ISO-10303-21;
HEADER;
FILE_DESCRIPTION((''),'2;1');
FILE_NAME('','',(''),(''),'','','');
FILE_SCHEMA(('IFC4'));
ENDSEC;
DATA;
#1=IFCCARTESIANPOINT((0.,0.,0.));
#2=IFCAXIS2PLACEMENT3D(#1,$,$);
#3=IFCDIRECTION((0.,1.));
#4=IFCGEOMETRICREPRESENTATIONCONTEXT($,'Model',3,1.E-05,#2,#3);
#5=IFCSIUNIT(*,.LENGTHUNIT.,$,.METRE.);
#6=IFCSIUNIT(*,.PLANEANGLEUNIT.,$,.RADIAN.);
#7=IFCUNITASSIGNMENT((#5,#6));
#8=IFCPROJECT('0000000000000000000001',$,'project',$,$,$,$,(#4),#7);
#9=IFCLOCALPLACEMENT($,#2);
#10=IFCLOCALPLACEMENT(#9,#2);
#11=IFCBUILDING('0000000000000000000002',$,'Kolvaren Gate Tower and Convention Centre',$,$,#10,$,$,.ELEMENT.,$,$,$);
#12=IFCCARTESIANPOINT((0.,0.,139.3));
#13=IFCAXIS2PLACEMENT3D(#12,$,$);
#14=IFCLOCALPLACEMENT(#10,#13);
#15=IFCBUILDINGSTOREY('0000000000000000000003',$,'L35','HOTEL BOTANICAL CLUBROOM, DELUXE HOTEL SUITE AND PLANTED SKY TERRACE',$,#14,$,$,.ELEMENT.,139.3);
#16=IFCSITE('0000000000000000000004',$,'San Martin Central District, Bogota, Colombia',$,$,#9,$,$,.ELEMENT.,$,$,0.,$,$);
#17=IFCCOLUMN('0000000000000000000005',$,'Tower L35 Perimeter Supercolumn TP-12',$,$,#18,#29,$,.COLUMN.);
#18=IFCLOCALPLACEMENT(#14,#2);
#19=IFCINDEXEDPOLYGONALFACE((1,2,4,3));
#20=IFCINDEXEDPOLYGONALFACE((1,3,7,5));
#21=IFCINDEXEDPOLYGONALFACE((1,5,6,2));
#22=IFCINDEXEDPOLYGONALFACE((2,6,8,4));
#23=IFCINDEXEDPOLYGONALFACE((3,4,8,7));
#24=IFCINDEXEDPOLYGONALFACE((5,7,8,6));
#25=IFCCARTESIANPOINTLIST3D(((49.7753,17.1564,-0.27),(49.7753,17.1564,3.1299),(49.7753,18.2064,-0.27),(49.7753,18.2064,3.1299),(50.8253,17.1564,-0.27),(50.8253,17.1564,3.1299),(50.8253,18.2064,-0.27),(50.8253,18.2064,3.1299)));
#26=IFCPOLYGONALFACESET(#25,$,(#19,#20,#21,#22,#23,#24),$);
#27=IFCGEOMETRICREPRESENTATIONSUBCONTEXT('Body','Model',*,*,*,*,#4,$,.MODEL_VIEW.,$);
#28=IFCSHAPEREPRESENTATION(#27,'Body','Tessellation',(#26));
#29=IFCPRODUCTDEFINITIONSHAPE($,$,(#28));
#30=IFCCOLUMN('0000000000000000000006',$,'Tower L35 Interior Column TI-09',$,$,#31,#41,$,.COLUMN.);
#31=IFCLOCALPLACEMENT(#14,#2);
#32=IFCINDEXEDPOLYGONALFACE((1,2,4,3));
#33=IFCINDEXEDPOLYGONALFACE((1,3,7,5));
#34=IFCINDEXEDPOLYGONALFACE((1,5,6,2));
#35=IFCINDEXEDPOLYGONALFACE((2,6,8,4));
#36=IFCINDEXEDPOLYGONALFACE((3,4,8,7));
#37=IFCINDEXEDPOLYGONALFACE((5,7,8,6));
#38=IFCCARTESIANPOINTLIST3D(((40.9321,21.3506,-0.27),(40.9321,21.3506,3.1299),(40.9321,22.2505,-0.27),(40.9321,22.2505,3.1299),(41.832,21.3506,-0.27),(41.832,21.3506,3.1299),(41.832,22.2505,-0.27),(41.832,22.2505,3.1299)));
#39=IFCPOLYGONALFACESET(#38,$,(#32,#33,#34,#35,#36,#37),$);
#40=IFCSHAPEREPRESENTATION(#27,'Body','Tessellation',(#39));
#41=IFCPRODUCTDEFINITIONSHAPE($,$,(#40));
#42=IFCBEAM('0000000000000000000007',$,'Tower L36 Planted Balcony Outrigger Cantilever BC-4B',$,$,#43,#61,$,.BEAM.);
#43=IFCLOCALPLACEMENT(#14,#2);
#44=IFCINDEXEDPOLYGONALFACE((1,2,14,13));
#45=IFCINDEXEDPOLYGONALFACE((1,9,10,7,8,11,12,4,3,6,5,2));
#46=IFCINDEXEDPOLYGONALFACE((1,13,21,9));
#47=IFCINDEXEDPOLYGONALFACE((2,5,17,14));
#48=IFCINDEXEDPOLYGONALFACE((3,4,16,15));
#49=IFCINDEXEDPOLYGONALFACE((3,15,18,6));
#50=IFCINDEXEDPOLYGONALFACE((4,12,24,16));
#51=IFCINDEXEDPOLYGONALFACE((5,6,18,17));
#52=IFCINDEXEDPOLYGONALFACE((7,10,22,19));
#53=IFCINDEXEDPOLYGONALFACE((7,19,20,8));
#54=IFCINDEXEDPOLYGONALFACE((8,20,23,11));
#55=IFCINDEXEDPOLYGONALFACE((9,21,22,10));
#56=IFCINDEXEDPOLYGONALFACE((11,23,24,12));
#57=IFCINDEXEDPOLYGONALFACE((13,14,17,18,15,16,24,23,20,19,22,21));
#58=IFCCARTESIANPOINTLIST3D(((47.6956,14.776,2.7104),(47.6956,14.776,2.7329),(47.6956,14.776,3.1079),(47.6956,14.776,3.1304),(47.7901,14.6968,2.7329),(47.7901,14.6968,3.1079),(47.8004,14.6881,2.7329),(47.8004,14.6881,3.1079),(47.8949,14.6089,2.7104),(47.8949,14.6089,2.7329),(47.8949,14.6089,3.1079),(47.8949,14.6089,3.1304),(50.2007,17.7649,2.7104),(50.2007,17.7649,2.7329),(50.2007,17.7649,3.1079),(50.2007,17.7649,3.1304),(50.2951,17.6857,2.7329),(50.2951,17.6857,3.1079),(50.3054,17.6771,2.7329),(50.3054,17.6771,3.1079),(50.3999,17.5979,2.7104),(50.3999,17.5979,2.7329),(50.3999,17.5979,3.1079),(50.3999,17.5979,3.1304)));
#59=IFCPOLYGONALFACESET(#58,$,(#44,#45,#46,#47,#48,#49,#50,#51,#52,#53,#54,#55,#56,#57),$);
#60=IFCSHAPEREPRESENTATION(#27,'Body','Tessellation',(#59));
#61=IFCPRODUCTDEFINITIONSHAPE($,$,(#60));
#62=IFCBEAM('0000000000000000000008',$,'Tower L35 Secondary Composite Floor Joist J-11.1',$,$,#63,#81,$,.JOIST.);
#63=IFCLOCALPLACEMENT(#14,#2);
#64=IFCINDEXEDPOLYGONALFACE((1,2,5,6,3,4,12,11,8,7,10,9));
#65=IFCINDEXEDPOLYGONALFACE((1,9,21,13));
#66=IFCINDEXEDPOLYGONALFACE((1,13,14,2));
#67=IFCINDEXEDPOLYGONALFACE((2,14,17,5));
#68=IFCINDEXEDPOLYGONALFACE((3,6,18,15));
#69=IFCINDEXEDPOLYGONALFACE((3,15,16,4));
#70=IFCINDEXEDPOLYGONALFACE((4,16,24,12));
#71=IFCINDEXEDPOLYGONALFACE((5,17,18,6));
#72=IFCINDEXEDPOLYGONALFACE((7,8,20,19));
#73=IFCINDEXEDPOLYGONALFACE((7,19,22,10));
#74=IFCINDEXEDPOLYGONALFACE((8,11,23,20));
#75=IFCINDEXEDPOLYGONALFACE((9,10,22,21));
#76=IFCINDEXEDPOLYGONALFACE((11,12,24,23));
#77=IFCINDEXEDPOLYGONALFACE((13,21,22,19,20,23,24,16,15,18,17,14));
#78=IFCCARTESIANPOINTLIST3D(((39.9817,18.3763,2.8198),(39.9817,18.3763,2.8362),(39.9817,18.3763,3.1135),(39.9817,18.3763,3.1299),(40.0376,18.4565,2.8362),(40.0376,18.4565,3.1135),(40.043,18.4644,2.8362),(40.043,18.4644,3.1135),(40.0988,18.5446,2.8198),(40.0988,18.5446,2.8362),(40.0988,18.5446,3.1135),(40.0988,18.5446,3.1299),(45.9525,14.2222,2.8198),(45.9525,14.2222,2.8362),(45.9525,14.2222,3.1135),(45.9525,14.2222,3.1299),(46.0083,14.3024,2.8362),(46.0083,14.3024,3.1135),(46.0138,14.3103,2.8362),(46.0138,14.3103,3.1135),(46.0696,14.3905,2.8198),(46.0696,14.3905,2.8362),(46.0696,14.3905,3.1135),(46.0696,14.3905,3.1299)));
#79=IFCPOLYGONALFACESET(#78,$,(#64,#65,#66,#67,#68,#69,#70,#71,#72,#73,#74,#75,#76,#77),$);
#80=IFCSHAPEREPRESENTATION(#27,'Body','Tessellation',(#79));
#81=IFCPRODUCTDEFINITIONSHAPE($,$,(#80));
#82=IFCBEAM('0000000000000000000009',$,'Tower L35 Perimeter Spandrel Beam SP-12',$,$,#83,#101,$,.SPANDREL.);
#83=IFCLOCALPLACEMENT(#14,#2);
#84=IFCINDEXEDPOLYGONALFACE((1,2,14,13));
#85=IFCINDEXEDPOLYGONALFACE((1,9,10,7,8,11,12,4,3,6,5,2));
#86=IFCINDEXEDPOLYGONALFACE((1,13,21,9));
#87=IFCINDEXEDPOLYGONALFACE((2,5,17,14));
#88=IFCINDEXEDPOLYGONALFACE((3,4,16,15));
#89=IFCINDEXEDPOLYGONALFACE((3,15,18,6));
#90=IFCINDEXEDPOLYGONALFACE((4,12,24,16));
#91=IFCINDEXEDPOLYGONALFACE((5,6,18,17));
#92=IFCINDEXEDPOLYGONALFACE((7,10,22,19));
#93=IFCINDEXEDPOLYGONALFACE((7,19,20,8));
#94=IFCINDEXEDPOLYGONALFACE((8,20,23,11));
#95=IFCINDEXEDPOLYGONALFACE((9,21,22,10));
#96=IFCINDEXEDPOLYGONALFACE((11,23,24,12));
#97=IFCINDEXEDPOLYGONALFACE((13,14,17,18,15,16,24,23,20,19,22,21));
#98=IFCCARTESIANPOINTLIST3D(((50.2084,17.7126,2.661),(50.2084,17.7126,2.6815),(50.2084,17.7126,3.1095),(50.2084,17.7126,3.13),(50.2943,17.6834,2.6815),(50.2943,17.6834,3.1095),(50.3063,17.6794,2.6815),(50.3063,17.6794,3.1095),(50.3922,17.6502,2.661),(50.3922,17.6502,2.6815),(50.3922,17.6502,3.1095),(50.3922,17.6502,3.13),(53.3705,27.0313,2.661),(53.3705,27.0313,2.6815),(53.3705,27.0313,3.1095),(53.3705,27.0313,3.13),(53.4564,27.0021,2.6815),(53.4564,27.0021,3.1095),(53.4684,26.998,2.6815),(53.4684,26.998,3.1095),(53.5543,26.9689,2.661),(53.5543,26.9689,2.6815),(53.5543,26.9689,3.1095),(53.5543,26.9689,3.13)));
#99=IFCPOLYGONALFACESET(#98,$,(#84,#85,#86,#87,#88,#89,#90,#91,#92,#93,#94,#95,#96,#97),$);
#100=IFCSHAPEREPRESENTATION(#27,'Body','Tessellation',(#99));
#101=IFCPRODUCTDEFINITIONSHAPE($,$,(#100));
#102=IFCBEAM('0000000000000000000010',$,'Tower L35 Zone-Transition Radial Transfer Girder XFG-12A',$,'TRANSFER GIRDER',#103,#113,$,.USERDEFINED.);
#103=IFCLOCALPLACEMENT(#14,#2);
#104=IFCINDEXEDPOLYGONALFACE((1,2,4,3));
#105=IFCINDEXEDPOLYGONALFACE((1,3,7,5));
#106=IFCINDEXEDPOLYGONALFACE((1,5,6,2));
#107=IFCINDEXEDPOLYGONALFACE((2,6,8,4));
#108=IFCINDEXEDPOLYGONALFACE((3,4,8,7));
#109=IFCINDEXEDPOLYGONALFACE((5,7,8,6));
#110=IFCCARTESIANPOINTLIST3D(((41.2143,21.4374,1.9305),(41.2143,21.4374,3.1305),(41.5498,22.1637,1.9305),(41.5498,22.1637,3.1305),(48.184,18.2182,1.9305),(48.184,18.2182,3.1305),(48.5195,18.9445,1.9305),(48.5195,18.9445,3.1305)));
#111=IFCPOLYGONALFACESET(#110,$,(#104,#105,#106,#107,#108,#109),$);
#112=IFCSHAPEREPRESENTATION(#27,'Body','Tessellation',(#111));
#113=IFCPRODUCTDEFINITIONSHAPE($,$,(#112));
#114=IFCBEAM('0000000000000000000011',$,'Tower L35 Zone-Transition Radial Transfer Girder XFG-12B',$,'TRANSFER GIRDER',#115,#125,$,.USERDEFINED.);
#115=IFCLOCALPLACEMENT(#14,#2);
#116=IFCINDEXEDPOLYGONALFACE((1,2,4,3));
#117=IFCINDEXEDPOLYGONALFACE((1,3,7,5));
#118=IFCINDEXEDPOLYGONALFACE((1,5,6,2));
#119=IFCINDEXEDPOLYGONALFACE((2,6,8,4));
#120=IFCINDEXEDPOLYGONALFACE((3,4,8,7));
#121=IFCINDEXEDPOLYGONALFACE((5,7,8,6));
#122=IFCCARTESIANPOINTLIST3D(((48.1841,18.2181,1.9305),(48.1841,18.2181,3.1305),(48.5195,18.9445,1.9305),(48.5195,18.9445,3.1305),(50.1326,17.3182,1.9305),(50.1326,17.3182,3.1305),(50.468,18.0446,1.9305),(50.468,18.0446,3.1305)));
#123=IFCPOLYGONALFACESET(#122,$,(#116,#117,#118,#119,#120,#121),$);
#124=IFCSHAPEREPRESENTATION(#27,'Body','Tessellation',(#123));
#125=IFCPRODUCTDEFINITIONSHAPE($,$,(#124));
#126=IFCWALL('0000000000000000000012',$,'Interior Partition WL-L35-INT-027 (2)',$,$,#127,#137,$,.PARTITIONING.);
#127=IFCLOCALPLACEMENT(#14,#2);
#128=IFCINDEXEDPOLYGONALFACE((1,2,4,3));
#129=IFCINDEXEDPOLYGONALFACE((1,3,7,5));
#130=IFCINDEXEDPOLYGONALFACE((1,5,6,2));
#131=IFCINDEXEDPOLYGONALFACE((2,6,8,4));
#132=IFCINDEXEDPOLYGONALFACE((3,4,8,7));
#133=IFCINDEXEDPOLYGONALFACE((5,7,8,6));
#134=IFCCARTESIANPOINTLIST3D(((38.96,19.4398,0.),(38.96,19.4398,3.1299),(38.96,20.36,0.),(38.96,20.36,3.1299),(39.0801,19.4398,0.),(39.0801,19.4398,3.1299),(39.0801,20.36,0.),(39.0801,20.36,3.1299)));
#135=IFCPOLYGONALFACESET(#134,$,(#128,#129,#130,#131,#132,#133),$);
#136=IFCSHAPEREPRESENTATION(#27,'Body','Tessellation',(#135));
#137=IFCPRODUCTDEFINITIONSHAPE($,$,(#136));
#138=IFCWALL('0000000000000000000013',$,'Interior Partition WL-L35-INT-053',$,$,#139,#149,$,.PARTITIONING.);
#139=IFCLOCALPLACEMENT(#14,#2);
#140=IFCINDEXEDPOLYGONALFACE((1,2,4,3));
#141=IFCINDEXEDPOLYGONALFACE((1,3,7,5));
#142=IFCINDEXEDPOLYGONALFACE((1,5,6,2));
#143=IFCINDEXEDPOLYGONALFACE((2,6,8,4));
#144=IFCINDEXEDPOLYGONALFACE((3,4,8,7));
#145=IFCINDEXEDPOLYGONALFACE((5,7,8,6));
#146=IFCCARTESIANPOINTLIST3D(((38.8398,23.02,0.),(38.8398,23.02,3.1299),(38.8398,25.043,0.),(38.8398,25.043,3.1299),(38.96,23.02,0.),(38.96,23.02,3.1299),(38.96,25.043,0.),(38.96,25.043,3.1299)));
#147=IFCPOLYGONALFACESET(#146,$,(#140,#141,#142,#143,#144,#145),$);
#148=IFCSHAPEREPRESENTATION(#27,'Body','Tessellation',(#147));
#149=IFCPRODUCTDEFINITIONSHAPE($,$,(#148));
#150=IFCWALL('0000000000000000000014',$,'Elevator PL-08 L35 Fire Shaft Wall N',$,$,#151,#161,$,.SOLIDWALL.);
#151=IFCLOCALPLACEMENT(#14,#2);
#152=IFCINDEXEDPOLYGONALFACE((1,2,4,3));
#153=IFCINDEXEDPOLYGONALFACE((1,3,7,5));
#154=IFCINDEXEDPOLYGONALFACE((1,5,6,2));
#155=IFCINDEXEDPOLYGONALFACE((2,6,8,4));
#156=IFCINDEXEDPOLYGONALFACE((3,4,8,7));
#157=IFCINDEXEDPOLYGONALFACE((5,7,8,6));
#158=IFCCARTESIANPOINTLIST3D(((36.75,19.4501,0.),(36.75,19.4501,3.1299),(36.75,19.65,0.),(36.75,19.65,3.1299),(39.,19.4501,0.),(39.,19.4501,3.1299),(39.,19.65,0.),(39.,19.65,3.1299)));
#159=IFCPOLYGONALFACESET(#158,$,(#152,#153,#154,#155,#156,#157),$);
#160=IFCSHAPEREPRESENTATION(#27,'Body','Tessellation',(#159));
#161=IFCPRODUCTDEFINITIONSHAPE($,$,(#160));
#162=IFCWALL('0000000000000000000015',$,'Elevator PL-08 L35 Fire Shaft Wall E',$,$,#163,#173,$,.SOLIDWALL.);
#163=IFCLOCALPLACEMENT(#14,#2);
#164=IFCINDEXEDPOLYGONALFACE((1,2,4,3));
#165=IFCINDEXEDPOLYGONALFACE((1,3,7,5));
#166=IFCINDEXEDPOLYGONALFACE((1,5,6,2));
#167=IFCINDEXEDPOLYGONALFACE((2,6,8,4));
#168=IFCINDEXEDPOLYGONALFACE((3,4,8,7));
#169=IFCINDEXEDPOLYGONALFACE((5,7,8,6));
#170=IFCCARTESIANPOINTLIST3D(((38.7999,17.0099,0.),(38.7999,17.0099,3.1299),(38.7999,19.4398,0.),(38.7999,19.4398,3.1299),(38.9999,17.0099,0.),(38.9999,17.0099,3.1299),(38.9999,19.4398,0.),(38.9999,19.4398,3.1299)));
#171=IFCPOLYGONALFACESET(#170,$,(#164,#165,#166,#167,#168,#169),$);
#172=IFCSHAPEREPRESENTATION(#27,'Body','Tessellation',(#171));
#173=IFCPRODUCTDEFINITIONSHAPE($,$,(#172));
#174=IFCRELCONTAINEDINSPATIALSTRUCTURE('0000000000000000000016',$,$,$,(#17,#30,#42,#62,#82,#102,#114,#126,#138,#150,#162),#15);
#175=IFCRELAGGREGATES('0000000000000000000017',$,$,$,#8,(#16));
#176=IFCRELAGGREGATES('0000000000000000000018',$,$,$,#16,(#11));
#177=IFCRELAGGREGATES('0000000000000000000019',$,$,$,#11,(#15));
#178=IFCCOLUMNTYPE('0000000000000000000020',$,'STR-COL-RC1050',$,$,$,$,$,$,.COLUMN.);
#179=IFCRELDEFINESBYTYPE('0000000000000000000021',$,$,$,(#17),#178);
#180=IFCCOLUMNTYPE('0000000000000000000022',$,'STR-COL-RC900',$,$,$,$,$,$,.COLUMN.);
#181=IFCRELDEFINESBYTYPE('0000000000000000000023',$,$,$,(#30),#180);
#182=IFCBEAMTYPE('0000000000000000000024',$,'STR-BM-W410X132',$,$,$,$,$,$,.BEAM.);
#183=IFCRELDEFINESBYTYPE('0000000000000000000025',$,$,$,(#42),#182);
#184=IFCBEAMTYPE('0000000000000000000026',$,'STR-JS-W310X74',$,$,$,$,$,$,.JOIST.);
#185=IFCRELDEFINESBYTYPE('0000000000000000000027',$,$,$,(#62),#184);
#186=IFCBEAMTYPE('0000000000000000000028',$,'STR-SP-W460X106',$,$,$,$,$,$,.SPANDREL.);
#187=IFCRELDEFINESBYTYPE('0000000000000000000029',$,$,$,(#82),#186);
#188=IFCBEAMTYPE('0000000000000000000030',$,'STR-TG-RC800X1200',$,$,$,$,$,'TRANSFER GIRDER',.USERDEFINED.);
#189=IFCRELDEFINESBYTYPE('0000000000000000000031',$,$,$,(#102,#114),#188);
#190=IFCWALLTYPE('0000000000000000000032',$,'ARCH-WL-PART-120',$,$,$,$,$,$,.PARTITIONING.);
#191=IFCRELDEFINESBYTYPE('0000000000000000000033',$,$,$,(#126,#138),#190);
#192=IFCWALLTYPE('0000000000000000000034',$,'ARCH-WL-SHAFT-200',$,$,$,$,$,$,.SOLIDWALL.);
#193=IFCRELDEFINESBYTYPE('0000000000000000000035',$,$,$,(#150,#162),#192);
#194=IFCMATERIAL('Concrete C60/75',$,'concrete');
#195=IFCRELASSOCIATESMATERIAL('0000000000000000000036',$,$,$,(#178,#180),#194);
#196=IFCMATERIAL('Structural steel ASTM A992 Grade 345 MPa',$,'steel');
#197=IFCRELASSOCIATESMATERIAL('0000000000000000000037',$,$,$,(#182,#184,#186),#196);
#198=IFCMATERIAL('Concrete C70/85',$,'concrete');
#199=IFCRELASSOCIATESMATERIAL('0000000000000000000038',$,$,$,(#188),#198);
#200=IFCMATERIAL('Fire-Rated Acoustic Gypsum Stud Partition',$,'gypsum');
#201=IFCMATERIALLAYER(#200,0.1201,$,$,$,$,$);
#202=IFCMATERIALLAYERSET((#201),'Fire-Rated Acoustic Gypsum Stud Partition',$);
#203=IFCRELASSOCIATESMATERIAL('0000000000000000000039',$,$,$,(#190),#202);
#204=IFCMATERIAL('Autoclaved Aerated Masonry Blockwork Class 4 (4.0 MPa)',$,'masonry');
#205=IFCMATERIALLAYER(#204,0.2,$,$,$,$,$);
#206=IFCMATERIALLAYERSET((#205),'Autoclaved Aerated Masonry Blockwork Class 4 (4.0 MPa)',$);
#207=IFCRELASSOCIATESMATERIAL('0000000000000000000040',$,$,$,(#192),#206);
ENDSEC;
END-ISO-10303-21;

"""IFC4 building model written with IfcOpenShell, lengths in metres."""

from ifc_helpers import new_model, si_unit, direction, frame, frame_2d, origin, origin_2d, place, context, subcontext, project, spatial, rectangle, i_section, extrude, material, layer, layer_set, material_profile, profile_set, type_object, element, save


model = new_model("IFC4")

# Units and contexts
model_context = context("Model", 3, precision=1e-05, world=origin(), true_north=direction((0.0, 1.0)))
body_context = subcontext(model_context, "Body", "Model", "MODEL_VIEW")
ifc_project = project(units=[si_unit("LENGTHUNIT", "METRE"), si_unit("PLANEANGLEUNIT", "RADIAN")], contexts=[model_context])

# Site, building, storey
site_placement = place(None, origin())
site = spatial("IfcSite", under=ifc_project, at=site_placement, Name="San Martin Central District, Bogota, Colombia", CompositionType="ELEMENT", RefElevation=0.0)
building_placement = place(site_placement, origin())
building = spatial("IfcBuilding", under=site, at=building_placement, Name="Kolvaren Gate Tower and Convention Centre", CompositionType="ELEMENT")
storey_placement = place(building_placement, frame((0.0, 0.0, 139.3)))
storey = spatial("IfcBuildingStorey", under=building, at=storey_placement, Name="L35", Description="HOTEL BOTANICAL CLUBROOM, DELUXE HOTEL SUITE AND PLANTED SKY TERRACE", CompositionType="ELEMENT", Elevation=139.3)

# Columns
ifc_material_1 = material(Name="Concrete C60/75", Category="concrete")
ifc_material_profile_1 = material_profile(ifc_material_1, rectangle(XDim=1.05, YDim=1.05, at=origin_2d()), Name="RC-COL-1050X1050")
ifc_profile_set_1 = profile_set([ifc_material_profile_1], Name="Concrete C60/75")
column_type_1 = type_object("IfcColumnType", Name="STR-COL-RC1050", PredefinedType="COLUMN", material=ifc_profile_set_1)
column_1_placement = place(storey_placement, frame((50.3003, 17.6814, -0.27), z_axis=(0.0, 0.0, 1.0), x_axis=(1.0, 0.0, 0.0)))
element("IfcColumn", 1, at=column_1_placement, inside=storey, type_object=column_type_1, Name="Tower L35 Perimeter Supercolumn TP-12", PredefinedType="COLUMN", context=body_context, shape_type="SweptSolid", body=[
    extrude(rectangle(XDim=1.05, YDim=1.05, at=origin_2d()), origin(), (0.0, 0.0, 1.0), 3.3999),
])
ifc_material_profile_2 = material_profile(ifc_material_1, rectangle(XDim=0.8999, YDim=0.8999, at=origin_2d()), Name="RC-COL-900X900")
ifc_profile_set_2 = profile_set([ifc_material_profile_2], Name="Concrete C60/75")
column_type_2 = type_object("IfcColumnType", Name="STR-COL-RC900", PredefinedType="COLUMN", material=ifc_profile_set_2)
column_2_placement = place(storey_placement, frame((41.3821, 21.8005, -0.27), z_axis=(0.0, 0.0, 1.0), x_axis=(1.0, 0.0, 0.0)))
element("IfcColumn", 2, at=column_2_placement, inside=storey, type_object=column_type_2, Name="Tower L35 Interior Column TI-09", PredefinedType="COLUMN", context=body_context, shape_type="SweptSolid", body=[
    extrude(rectangle(XDim=0.8999, YDim=0.8999, at=origin_2d()), origin(), (0.0, 0.0, 1.0), 3.3999),
])

# Beams
ifc_material_2 = material(Name="Structural steel ASTM A992 Grade 345 MPa", Category="steel")
ifc_material_profile_3 = material_profile(ifc_material_2, i_section(OverallWidth=0.26, OverallDepth=0.4199, WebThickness=0.0134, FlangeThickness=0.0225, at=origin_2d()), Name="W410X132")
ifc_profile_set_3 = profile_set([ifc_material_profile_3], Name="Structural steel ASTM A992 Grade 345 MPa")
beam_type_1 = type_object("IfcBeamType", Name="STR-BM-W410X132", PredefinedType="BEAM", material=ifc_profile_set_3)
beam_1_placement = place(storey_placement, frame((50.3003, 17.6814, 2.9204), z_axis=(-0.642343, -0.766417, 0.0), x_axis=(0.766417, -0.642343, 0.0)))
element("IfcBeam", 3, at=beam_1_placement, inside=storey, type_object=beam_type_1, Name="Tower L36 Planted Balcony Outrigger Cantilever BC-4B", PredefinedType="BEAM", context=body_context, shape_type="SweptSolid", body=[
    extrude(i_section(OverallWidth=0.26, OverallDepth=0.4199, WebThickness=0.0134, FlangeThickness=0.0225, at=origin_2d()), origin(), (0.0, 0.0, 1.0), 3.8999),
])
ifc_material_profile_4 = material_profile(ifc_material_2, i_section(OverallWidth=0.2051, OverallDepth=0.3101, WebThickness=0.0095, FlangeThickness=0.0164, at=origin_2d()), Name="W310X74")
ifc_profile_set_4 = profile_set([ifc_material_profile_4], Name="Structural steel ASTM A992 Grade 345 MPa")
beam_type_2 = type_object("IfcBeamType", Name="STR-JS-W310X74", PredefinedType="JOIST", material=ifc_profile_set_4)
beam_2_placement = place(storey_placement, frame((40.0403, 18.4604, 2.9749), z_axis=(0.820872, -0.571113, 0.0), x_axis=(0.571113, 0.820872, 0.0)))
element("IfcBeam", 4, at=beam_2_placement, inside=storey, type_object=beam_type_2, Name="Tower L35 Secondary Composite Floor Joist J-11.1", PredefinedType="JOIST", context=body_context, shape_type="SweptSolid", body=[
    extrude(i_section(OverallWidth=0.2051, OverallDepth=0.3101, WebThickness=0.0095, FlangeThickness=0.0164, at=origin_2d()), origin(), (0.0, 0.0, 1.0), 7.2737),
])
ifc_material_profile_5 = material_profile(ifc_material_2, i_section(OverallWidth=0.1941, OverallDepth=0.469, WebThickness=0.0127, FlangeThickness=0.0205, at=origin_2d()), Name="W460X106")
ifc_profile_set_5 = profile_set([ifc_material_profile_5], Name="Structural steel ASTM A992 Grade 345 MPa")
beam_type_3 = type_object("IfcBeamType", Name="STR-SP-W460X106", PredefinedType="SPANDREL", material=ifc_profile_set_5)
beam_3_placement = place(storey_placement, frame((50.3003, 17.6814, 2.8955), z_axis=(0.321336, 0.946965, 0.0), x_axis=(-0.946965, 0.321336, 0.0)))
element("IfcBeam", 5, at=beam_3_placement, inside=storey, type_object=beam_type_3, Name="Tower L35 Perimeter Spandrel Beam SP-12", PredefinedType="SPANDREL", context=body_context, shape_type="SweptSolid", body=[
    extrude(i_section(OverallWidth=0.1941, OverallDepth=0.469, WebThickness=0.0127, FlangeThickness=0.0205, at=origin_2d()), origin(), (0.0, 0.0, 1.0), 9.8406),
])
ifc_material_3 = material(Name="Concrete C70/85", Category="concrete")
ifc_material_profile_6 = material_profile(ifc_material_3, rectangle(XDim=0.8, YDim=1.2, at=origin_2d()), Name="RC-BM-800X1200")
ifc_profile_set_6 = profile_set([ifc_material_profile_6], Name="Concrete C70/85")
beam_type_4 = type_object("IfcBeamType", Name="STR-TG-RC800X1200", ElementType="TRANSFER GIRDER", PredefinedType="USERDEFINED", material=ifc_profile_set_6)
beam_4_placement = place(storey_placement, frame((41.3821, 21.8005, 2.5305), z_axis=(0.907838, -0.41932, 0.0), x_axis=(0.41932, 0.907838, 0.0)))
element("IfcBeam", 6, at=beam_4_placement, inside=storey, type_object=beam_type_4, Name="Tower L35 Zone-Transition Radial Transfer Girder XFG-12A", ObjectType="TRANSFER GIRDER", PredefinedType="USERDEFINED", context=body_context, shape_type="SweptSolid", body=[
    extrude(rectangle(XDim=0.8, YDim=1.2, at=origin_2d()), origin(), (0.0, 0.0, 1.0), 7.6772),
])
beam_5_placement = place(storey_placement, frame((48.3518, 18.5813, 2.5305), z_axis=(0.907853, -0.419289, 0.0), x_axis=(0.419289, 0.907853, 0.0)))
element("IfcBeam", 7, at=beam_5_placement, inside=storey, type_object=beam_type_4, Name="Tower L35 Zone-Transition Radial Transfer Girder XFG-12B", ObjectType="TRANSFER GIRDER", PredefinedType="USERDEFINED", context=body_context, shape_type="SweptSolid", body=[
    extrude(rectangle(XDim=0.8, YDim=1.2, at=origin_2d()), origin(), (0.0, 0.0, 1.0), 2.1462),
])

# Walls
ifc_material_4 = material(Name="Fire-Rated Acoustic Gypsum Stud Partition", Category="gypsum")
ifc_layer_1 = layer(ifc_material_4, 0.1201)
ifc_layer_set_1 = layer_set([ifc_layer_1], Name="Fire-Rated Acoustic Gypsum Stud Partition")
wall_type_1 = type_object("IfcWallType", Name="ARCH-WL-PART-120", PredefinedType="PARTITIONING", material=ifc_layer_set_1)
wall_1_placement = place(storey_placement, frame((39.02, 19.4399, 0.0), z_axis=(0.0, 0.0, 1.0), x_axis=(0.0, 1.0, 0.0)))
element("IfcWall", 8, at=wall_1_placement, inside=storey, type_object=wall_type_1, Name="Interior Partition WL-L35-INT-027 (2)", PredefinedType="PARTITIONING", context=body_context, shape_type="SweptSolid", body=[
    extrude(rectangle(XDim=0.9202, YDim=0.1201, at=frame_2d((0.46, 0.0))), origin(), (0.0, 0.0, 1.0), 3.1299),
])
wall_2_placement = place(storey_placement, frame((38.8999, 23.02, 0.0), z_axis=(0.0, 0.0, 1.0), x_axis=(0.0, 1.0, 0.0)))
element("IfcWall", 9, at=wall_2_placement, inside=storey, type_object=wall_type_1, Name="Interior Partition WL-L35-INT-053", PredefinedType="PARTITIONING", context=body_context, shape_type="SweptSolid", body=[
    extrude(rectangle(XDim=2.0229, YDim=0.1201, at=frame_2d((1.0115, 0.0))), origin(), (0.0, 0.0, 1.0), 3.1299),
])
ifc_material_5 = material(Name="Autoclaved Aerated Masonry Blockwork Class 4 (4.0 MPa)", Category="masonry")
ifc_layer_2 = layer(ifc_material_5, 0.2)
ifc_layer_set_2 = layer_set([ifc_layer_2], Name="Autoclaved Aerated Masonry Blockwork Class 4 (4.0 MPa)")
wall_type_2 = type_object("IfcWallType", Name="ARCH-WL-SHAFT-200", PredefinedType="SOLIDWALL", material=ifc_layer_set_2)
wall_3_placement = place(storey_placement, frame((36.75, 19.55, 0.0), z_axis=(0.0, 0.0, 1.0), x_axis=(1.0, 0.0, 0.0)))
element("IfcWall", 10, at=wall_3_placement, inside=storey, type_object=wall_type_2, Name="Elevator PL-08 L35 Fire Shaft Wall N", PredefinedType="SOLIDWALL", context=body_context, shape_type="SweptSolid", body=[
    extrude(rectangle(XDim=2.25, YDim=0.2, at=frame_2d((1.125, 0.0))), origin(), (0.0, 0.0, 1.0), 3.1299),
])
for number, where, z_axis, x_axis, name in (
    (11, (38.8999, 17.01, 0.0), (0.0, 0.0, 1.0), (0.0, 1.0, 0.0), "Elevator PL-08 L35 Fire Shaft Wall E"),
):
    element("IfcWall", number, at=place(storey_placement, frame(where, z_axis=z_axis, x_axis=x_axis)), inside=storey, type_object=wall_type_2, Name=name, PredefinedType="SOLIDWALL", context=body_context, shape_type="SweptSolid", body=[
        extrude(rectangle(XDim=2.4299, YDim=0.2, at=frame_2d((1.2148, 0.0))), origin(), (0.0, 0.0, 1.0), 3.1299),
    ])

save(model, "model.ifc")
